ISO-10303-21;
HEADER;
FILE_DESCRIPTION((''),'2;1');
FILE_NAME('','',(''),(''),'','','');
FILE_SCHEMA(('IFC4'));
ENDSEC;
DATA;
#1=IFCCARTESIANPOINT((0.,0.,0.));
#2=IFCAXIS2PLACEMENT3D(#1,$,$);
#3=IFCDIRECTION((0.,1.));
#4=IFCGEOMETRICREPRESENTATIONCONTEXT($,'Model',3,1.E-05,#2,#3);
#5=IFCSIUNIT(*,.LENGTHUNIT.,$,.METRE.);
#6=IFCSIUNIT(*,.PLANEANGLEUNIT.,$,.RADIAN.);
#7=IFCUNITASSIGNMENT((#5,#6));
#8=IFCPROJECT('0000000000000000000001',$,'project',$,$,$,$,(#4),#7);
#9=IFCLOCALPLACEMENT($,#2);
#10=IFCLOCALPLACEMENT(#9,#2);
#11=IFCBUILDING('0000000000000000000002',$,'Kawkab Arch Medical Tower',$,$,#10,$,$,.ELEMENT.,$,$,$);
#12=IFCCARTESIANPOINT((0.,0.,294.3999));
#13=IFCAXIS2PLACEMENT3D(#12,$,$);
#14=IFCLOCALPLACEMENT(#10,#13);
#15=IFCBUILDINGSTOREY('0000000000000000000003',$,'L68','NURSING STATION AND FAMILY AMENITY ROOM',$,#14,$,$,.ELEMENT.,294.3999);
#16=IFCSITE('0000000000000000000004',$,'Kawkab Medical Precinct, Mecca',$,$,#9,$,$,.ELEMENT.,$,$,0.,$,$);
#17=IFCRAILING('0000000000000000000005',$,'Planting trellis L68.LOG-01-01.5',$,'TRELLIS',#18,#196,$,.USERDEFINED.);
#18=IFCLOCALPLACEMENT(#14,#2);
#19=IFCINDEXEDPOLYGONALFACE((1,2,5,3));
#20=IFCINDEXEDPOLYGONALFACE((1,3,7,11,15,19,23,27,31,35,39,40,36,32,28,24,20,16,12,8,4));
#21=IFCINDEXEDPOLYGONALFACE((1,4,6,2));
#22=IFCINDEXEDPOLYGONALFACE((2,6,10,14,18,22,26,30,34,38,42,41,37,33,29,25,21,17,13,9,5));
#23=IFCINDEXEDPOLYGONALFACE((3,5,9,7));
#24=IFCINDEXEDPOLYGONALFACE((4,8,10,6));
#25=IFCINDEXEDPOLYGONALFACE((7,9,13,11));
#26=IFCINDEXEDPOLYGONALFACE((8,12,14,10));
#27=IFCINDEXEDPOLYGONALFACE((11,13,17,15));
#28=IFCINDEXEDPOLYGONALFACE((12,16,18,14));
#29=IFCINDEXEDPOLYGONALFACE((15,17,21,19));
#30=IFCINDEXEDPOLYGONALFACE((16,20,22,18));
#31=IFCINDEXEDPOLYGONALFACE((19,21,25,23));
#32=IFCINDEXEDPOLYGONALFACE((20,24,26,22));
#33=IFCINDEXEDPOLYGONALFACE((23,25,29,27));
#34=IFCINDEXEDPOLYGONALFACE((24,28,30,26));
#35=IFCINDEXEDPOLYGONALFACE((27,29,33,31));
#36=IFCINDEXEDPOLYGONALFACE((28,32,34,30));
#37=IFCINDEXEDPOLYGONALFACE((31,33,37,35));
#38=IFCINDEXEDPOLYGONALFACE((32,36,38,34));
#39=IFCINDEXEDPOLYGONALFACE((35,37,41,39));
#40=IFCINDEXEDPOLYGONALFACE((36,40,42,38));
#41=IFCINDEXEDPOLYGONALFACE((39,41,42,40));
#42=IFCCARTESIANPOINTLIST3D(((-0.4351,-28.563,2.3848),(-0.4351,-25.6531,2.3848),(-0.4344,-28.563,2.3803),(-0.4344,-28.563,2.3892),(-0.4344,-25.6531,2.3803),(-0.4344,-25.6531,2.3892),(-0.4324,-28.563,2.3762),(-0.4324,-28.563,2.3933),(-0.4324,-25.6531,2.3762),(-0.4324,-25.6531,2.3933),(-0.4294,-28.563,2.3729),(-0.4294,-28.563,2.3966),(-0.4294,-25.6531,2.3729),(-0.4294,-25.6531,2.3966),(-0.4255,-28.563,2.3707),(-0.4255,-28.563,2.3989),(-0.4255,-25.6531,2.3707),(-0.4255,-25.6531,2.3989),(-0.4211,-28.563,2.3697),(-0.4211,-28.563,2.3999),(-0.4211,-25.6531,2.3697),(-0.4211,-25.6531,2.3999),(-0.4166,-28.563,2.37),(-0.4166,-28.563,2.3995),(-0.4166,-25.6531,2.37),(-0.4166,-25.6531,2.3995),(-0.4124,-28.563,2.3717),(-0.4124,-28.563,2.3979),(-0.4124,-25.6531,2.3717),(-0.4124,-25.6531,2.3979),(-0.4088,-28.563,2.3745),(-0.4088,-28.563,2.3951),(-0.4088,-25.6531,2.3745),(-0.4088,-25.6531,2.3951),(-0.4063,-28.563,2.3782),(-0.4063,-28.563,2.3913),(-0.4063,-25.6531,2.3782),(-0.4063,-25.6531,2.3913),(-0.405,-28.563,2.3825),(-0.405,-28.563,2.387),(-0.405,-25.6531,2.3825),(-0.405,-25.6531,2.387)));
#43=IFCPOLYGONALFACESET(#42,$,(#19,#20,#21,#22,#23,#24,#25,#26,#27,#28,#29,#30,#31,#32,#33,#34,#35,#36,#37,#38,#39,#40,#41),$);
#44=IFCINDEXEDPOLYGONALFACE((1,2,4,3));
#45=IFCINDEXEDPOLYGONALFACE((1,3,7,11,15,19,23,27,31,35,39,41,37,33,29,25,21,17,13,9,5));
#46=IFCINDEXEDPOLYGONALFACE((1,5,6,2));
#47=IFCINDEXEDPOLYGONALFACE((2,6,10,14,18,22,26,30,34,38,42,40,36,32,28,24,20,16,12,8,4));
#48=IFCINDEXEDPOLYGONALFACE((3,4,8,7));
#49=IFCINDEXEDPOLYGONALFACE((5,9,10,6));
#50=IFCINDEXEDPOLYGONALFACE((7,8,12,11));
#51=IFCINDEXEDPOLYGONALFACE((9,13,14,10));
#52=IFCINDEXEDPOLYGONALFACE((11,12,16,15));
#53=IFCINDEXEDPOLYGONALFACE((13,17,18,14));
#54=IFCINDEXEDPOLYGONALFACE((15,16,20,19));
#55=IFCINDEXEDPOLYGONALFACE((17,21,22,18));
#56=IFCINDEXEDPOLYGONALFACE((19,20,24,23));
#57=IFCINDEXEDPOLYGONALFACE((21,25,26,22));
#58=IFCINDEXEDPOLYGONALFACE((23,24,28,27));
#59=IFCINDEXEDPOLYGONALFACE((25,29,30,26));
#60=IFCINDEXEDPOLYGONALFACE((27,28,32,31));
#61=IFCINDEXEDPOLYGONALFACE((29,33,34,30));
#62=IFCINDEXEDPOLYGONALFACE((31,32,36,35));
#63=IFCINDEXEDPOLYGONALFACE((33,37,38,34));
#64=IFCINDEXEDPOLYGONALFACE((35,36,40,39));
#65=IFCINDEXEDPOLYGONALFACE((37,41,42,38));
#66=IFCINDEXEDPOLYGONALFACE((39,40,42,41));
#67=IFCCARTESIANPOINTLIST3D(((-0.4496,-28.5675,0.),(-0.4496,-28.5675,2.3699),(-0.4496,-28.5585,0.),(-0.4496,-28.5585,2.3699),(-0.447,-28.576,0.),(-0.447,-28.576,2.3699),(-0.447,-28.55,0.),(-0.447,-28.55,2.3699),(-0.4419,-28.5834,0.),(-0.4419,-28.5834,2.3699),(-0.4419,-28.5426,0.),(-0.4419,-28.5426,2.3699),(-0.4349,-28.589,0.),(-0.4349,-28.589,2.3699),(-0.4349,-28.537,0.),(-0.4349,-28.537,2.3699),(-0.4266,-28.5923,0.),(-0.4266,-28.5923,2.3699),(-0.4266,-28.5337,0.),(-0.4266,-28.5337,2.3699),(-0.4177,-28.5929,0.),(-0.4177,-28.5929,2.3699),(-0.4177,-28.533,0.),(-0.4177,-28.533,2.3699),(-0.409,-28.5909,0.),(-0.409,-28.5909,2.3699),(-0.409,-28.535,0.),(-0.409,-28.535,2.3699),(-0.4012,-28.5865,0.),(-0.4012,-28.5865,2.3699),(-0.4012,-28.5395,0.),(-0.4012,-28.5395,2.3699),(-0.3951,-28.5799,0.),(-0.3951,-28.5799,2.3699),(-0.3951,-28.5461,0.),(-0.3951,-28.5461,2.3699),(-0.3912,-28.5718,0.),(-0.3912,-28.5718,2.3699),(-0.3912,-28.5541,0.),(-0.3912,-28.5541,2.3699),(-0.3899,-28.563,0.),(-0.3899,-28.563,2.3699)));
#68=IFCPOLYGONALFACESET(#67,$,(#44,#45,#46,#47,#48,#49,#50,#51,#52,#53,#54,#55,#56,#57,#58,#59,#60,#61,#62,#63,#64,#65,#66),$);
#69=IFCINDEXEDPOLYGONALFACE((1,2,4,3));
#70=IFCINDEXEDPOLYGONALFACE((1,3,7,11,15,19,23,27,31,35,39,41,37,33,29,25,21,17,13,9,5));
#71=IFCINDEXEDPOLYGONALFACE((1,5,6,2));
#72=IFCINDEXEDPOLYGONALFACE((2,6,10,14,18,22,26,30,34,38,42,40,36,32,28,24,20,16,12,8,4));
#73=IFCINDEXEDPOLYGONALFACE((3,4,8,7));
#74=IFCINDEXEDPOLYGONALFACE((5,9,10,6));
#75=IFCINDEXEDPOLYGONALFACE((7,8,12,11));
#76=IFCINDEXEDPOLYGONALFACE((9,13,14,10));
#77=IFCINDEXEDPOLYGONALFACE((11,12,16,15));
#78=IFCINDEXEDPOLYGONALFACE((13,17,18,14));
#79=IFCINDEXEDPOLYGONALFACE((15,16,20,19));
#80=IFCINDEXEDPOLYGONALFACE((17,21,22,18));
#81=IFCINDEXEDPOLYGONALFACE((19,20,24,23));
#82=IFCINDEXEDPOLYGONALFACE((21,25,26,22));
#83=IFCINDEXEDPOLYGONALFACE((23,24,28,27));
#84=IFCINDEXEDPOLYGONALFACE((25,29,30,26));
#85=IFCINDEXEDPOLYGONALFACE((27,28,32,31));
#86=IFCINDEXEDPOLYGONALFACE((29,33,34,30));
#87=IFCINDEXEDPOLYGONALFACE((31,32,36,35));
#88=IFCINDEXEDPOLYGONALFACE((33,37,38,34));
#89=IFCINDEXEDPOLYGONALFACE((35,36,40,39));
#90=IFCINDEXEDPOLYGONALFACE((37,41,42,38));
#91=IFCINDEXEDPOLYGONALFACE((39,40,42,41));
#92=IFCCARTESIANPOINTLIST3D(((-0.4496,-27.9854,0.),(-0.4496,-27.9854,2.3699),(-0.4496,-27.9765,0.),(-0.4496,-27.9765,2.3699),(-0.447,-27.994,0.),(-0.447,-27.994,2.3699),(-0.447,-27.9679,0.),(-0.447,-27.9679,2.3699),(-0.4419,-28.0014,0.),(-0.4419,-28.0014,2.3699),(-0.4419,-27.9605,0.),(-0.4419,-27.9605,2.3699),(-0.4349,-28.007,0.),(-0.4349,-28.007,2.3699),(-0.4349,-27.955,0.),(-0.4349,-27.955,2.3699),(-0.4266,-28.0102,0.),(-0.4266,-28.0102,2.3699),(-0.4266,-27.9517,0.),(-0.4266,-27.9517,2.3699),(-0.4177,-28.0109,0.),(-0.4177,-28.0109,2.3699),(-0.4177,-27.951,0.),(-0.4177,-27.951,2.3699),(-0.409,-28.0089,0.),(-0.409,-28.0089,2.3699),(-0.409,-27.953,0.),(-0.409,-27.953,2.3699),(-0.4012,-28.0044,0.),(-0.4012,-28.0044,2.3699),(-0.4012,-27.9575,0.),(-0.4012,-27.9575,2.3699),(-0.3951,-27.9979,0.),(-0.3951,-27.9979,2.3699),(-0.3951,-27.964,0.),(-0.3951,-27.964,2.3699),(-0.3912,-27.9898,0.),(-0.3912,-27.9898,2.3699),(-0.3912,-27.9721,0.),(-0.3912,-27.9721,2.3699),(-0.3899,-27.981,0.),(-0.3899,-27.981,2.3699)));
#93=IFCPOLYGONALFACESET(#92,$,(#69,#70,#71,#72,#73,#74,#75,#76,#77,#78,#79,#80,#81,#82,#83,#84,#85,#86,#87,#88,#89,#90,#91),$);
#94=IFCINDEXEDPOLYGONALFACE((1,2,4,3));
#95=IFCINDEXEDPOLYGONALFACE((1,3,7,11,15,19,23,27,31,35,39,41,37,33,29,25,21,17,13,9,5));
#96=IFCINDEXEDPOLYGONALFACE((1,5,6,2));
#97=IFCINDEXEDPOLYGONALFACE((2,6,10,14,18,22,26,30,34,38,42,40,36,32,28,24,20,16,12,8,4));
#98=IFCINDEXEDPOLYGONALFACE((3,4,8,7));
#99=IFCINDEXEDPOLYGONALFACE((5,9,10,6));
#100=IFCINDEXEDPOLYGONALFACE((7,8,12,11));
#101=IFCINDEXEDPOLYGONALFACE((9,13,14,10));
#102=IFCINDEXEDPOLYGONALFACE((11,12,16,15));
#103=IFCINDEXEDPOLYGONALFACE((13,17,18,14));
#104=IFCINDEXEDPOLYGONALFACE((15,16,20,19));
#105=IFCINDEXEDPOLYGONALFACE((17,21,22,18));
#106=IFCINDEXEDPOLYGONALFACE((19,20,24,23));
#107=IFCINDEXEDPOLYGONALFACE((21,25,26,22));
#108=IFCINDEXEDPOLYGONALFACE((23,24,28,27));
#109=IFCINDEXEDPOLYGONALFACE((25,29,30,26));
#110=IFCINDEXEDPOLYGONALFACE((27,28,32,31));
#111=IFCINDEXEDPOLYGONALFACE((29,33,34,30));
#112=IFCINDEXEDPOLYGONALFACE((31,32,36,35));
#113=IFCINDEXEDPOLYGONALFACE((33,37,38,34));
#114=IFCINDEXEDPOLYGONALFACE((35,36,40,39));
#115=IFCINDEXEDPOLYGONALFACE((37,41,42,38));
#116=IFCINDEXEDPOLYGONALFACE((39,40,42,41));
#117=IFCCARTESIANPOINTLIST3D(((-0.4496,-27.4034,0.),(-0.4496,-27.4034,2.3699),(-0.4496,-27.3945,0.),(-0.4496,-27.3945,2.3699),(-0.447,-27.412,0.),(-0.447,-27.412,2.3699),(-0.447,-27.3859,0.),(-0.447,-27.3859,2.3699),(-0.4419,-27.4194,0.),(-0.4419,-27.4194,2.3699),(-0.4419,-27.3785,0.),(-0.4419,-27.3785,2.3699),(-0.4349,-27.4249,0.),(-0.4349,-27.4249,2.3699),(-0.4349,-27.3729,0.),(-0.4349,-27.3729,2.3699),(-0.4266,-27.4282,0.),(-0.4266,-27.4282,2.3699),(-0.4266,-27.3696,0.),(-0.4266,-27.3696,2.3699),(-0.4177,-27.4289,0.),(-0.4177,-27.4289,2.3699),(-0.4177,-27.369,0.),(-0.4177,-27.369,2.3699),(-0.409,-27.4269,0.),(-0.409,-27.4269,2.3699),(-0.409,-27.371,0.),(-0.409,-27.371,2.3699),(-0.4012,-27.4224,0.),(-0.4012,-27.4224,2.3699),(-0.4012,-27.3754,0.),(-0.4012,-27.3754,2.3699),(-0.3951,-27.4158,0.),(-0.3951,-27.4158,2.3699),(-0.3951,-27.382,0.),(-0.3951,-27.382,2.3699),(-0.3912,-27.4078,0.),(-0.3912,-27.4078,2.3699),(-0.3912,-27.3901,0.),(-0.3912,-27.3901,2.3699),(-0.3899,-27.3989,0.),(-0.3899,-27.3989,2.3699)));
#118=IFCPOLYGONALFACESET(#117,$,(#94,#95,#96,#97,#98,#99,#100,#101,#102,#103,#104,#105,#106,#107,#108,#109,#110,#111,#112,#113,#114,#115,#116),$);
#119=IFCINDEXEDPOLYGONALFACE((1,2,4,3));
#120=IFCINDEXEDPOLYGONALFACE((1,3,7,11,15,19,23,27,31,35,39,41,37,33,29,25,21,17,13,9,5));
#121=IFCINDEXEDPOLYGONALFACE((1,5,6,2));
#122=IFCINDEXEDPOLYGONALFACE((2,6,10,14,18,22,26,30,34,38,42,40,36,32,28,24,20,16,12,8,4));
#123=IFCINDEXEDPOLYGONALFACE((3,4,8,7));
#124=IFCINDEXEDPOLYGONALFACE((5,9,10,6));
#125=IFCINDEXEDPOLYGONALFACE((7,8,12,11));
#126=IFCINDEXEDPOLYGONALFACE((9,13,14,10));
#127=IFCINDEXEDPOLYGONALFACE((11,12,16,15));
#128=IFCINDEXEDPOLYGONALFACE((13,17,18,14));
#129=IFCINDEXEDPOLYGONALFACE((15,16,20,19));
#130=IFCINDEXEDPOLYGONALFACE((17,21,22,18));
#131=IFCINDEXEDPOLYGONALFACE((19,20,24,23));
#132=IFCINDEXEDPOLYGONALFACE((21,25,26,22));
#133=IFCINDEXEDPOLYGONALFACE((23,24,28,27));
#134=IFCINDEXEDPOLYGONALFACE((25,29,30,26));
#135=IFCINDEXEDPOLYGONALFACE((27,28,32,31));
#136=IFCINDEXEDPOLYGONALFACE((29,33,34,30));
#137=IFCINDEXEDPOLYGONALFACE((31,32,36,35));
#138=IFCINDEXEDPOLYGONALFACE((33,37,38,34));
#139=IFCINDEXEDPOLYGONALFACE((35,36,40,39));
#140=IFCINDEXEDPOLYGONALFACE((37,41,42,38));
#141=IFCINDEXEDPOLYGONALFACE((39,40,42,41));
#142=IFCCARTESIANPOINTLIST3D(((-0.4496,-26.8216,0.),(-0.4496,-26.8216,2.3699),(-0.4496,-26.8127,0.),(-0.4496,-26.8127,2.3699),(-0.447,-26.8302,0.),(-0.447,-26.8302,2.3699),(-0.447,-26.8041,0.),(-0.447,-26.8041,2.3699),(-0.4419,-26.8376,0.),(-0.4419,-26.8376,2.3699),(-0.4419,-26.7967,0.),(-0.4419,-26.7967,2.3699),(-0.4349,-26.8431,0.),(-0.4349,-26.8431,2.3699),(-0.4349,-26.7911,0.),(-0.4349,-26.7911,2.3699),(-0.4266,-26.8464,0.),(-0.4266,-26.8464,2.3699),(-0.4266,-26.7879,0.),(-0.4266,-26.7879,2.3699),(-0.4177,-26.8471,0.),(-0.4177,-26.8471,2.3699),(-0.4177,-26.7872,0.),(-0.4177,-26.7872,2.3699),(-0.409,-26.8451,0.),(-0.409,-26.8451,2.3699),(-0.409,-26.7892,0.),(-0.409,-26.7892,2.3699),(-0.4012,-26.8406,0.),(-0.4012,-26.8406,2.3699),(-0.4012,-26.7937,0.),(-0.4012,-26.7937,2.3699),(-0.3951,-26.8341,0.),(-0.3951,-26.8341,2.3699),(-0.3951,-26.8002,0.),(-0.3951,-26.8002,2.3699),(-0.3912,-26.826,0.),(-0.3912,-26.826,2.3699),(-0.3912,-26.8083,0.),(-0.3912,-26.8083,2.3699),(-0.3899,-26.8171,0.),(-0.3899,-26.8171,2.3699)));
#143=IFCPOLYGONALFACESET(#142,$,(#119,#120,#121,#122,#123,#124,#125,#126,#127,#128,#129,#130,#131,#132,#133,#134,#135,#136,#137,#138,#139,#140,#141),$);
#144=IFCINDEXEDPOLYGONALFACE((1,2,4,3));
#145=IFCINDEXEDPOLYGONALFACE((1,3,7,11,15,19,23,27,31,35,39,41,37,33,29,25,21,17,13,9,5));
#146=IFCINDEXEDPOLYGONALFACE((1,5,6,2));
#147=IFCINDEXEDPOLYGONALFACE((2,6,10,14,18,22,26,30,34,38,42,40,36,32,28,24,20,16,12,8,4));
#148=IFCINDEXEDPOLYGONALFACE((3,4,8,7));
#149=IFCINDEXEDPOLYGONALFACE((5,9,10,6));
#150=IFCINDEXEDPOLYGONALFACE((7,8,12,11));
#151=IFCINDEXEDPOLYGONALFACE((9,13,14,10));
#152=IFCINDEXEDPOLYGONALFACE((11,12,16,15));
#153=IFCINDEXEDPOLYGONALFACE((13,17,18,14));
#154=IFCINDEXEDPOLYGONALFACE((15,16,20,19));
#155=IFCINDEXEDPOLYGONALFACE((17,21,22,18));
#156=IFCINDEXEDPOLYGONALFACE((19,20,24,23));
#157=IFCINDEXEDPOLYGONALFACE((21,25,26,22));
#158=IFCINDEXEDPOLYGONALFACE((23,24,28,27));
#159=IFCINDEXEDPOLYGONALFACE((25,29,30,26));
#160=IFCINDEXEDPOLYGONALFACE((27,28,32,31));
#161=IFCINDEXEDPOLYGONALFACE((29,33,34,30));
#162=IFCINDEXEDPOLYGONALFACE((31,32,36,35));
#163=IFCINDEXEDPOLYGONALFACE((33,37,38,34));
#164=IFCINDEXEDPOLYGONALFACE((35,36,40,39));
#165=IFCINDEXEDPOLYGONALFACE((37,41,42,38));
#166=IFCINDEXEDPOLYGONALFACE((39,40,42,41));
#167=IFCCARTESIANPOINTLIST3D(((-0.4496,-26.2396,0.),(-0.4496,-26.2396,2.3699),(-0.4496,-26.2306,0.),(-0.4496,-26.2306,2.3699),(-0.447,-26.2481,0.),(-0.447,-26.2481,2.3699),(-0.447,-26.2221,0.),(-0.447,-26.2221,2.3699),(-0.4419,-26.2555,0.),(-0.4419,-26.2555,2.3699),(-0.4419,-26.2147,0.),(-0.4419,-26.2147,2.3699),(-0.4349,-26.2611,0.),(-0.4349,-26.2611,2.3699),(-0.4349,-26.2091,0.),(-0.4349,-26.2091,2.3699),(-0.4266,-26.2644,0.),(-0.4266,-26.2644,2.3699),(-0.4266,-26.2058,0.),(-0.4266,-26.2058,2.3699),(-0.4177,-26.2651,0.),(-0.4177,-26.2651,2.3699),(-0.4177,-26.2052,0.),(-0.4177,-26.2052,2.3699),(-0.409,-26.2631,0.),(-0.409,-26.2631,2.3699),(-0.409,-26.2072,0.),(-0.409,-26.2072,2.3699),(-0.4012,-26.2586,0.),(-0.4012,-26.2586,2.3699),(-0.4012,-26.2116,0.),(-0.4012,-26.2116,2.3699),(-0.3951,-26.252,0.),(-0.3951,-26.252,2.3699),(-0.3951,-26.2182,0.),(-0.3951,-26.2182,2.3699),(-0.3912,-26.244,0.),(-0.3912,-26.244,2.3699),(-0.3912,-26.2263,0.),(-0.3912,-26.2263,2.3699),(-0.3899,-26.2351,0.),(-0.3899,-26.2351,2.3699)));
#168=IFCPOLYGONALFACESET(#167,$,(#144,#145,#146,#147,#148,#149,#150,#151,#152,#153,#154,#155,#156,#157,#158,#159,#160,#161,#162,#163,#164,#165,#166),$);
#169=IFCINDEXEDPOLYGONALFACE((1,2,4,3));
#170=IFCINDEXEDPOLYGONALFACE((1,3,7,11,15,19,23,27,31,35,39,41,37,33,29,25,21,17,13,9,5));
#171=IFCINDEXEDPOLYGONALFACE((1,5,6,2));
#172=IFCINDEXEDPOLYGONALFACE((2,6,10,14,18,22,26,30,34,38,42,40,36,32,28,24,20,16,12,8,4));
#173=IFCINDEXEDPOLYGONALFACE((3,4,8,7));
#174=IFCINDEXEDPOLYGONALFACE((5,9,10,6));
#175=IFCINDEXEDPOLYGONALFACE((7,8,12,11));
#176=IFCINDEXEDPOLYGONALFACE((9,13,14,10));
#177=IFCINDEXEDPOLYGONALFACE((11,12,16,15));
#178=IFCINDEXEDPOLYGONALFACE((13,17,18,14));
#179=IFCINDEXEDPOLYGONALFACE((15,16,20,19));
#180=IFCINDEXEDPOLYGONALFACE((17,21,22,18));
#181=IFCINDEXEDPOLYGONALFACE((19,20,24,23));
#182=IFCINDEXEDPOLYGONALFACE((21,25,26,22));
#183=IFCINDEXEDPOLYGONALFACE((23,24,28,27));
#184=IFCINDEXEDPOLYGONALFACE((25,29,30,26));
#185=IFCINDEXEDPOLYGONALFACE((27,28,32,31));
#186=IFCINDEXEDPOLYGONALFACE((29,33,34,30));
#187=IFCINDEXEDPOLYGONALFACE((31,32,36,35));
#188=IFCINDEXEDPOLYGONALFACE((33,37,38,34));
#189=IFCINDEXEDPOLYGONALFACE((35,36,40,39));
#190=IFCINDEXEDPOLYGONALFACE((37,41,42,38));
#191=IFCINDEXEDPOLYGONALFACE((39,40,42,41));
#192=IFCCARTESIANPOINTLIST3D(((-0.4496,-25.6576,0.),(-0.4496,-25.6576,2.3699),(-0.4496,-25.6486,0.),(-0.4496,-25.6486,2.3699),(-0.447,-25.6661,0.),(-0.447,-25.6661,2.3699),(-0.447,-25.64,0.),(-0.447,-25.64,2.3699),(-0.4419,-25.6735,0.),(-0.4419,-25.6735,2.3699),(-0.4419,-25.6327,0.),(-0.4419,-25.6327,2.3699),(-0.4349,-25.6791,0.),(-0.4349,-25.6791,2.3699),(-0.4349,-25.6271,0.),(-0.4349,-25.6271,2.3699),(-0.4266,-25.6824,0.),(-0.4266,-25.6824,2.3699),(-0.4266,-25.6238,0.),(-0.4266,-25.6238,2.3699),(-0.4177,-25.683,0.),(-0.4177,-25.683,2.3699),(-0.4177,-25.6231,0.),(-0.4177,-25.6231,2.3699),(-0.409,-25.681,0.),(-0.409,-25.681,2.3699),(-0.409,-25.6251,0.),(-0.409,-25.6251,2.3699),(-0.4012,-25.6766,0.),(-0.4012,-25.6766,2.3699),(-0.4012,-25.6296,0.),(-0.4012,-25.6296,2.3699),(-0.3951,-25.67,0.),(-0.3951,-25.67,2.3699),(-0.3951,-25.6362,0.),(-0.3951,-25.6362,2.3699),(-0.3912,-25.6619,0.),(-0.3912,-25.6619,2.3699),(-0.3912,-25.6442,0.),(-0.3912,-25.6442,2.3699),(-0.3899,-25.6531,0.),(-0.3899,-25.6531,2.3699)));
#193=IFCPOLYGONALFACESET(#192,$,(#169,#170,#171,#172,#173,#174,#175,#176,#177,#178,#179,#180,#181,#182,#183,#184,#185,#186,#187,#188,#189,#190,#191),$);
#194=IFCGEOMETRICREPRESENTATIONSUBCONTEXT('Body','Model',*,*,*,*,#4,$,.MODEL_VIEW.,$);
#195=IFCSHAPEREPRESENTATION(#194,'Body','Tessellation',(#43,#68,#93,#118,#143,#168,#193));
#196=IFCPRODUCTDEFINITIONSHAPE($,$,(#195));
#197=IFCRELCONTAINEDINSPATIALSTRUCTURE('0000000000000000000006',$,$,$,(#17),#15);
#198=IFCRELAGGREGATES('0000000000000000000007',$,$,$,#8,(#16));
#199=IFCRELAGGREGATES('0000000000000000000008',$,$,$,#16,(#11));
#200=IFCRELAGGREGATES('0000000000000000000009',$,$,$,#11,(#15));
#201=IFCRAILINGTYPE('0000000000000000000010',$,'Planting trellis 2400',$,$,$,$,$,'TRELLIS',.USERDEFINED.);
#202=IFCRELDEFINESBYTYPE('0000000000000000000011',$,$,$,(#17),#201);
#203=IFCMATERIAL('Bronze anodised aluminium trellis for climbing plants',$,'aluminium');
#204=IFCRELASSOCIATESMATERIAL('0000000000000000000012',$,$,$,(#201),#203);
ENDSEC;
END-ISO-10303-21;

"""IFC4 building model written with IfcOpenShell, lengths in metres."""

from ifc_helpers import new_model, si_unit, direction, frame, origin, origin_2d, place, context, subcontext, project, spatial, circle, extrude, material, type_object, element, save


model = new_model("IFC4")

# Units and contexts
model_context = context("Model", 3, precision=1e-05, world=origin(), true_north=direction((0.0, 1.0)))
body_context = subcontext(model_context, "Body", "Model", "MODEL_VIEW")
ifc_project = project(units=[si_unit("LENGTHUNIT", "METRE"), si_unit("PLANEANGLEUNIT", "RADIAN")], contexts=[model_context])

# Site, building, storey
site_placement = place(None, origin())
site = spatial("IfcSite", under=ifc_project, at=site_placement, Name="Kawkab Medical Precinct, Mecca", CompositionType="ELEMENT", RefElevation=0.0)
building_placement = place(site_placement, origin())
building = spatial("IfcBuilding", under=site, at=building_placement, Name="Kawkab Arch Medical Tower", CompositionType="ELEMENT")
storey_placement = place(building_placement, frame((0.0, 0.0, 294.3999)))
storey = spatial("IfcBuildingStorey", under=building, at=storey_placement, Name="L68", Description="NURSING STATION AND FAMILY AMENITY ROOM", CompositionType="ELEMENT", Elevation=294.3999)

# Railing
ifc_material_1 = material(Name="Bronze anodised aluminium trellis for climbing plants", Category="aluminium")
railing_type_1 = type_object("IfcRailingType", Name="Planting trellis 2400", ElementType="TRELLIS", PredefinedType="USERDEFINED", material=ifc_material_1)
railing_1_placement = place(storey_placement, frame((-0.4199, -28.563, 0.0)))
element("IfcRailing", 1, at=railing_1_placement, inside=storey, type_object=railing_type_1, Name="Planting trellis L68.LOG-01-01.5", ObjectType="TRELLIS", PredefinedType="USERDEFINED", context=body_context, shape_type="SweptSolid", body=[
    extrude(circle(Radius=0.0151, at=origin_2d()), frame((0.0, 0.0, 2.3848), z_axis=(0.0, 1.0, 0.0), x_axis=(-1.0, 0.0, 0.0)), (0.0, 0.0, 1.0), 2.9099),
    extrude(circle(Radius=0.03, at=origin_2d()), origin(), (0.0, 0.0, 1.0), 2.3699),
    extrude(circle(Radius=0.03, at=origin_2d()), frame((0.0, 0.582, 0.0)), (0.0, 0.0, 1.0), 2.3699),
    extrude(circle(Radius=0.03, at=origin_2d()), frame((0.0, 1.1641, 0.0)), (0.0, 0.0, 1.0), 2.3699),
    extrude(circle(Radius=0.03, at=origin_2d()), frame((0.0, 1.7458, 0.0)), (0.0, 0.0, 1.0), 2.3699),
    extrude(circle(Radius=0.03, at=origin_2d()), frame((0.0, 2.3279, 0.0)), (0.0, 0.0, 1.0), 2.3699),
    extrude(circle(Radius=0.03, at=origin_2d()), frame((0.0, 2.9099, 0.0)), (0.0, 0.0, 1.0), 2.3699),
])

save(model, "model.ifc")
